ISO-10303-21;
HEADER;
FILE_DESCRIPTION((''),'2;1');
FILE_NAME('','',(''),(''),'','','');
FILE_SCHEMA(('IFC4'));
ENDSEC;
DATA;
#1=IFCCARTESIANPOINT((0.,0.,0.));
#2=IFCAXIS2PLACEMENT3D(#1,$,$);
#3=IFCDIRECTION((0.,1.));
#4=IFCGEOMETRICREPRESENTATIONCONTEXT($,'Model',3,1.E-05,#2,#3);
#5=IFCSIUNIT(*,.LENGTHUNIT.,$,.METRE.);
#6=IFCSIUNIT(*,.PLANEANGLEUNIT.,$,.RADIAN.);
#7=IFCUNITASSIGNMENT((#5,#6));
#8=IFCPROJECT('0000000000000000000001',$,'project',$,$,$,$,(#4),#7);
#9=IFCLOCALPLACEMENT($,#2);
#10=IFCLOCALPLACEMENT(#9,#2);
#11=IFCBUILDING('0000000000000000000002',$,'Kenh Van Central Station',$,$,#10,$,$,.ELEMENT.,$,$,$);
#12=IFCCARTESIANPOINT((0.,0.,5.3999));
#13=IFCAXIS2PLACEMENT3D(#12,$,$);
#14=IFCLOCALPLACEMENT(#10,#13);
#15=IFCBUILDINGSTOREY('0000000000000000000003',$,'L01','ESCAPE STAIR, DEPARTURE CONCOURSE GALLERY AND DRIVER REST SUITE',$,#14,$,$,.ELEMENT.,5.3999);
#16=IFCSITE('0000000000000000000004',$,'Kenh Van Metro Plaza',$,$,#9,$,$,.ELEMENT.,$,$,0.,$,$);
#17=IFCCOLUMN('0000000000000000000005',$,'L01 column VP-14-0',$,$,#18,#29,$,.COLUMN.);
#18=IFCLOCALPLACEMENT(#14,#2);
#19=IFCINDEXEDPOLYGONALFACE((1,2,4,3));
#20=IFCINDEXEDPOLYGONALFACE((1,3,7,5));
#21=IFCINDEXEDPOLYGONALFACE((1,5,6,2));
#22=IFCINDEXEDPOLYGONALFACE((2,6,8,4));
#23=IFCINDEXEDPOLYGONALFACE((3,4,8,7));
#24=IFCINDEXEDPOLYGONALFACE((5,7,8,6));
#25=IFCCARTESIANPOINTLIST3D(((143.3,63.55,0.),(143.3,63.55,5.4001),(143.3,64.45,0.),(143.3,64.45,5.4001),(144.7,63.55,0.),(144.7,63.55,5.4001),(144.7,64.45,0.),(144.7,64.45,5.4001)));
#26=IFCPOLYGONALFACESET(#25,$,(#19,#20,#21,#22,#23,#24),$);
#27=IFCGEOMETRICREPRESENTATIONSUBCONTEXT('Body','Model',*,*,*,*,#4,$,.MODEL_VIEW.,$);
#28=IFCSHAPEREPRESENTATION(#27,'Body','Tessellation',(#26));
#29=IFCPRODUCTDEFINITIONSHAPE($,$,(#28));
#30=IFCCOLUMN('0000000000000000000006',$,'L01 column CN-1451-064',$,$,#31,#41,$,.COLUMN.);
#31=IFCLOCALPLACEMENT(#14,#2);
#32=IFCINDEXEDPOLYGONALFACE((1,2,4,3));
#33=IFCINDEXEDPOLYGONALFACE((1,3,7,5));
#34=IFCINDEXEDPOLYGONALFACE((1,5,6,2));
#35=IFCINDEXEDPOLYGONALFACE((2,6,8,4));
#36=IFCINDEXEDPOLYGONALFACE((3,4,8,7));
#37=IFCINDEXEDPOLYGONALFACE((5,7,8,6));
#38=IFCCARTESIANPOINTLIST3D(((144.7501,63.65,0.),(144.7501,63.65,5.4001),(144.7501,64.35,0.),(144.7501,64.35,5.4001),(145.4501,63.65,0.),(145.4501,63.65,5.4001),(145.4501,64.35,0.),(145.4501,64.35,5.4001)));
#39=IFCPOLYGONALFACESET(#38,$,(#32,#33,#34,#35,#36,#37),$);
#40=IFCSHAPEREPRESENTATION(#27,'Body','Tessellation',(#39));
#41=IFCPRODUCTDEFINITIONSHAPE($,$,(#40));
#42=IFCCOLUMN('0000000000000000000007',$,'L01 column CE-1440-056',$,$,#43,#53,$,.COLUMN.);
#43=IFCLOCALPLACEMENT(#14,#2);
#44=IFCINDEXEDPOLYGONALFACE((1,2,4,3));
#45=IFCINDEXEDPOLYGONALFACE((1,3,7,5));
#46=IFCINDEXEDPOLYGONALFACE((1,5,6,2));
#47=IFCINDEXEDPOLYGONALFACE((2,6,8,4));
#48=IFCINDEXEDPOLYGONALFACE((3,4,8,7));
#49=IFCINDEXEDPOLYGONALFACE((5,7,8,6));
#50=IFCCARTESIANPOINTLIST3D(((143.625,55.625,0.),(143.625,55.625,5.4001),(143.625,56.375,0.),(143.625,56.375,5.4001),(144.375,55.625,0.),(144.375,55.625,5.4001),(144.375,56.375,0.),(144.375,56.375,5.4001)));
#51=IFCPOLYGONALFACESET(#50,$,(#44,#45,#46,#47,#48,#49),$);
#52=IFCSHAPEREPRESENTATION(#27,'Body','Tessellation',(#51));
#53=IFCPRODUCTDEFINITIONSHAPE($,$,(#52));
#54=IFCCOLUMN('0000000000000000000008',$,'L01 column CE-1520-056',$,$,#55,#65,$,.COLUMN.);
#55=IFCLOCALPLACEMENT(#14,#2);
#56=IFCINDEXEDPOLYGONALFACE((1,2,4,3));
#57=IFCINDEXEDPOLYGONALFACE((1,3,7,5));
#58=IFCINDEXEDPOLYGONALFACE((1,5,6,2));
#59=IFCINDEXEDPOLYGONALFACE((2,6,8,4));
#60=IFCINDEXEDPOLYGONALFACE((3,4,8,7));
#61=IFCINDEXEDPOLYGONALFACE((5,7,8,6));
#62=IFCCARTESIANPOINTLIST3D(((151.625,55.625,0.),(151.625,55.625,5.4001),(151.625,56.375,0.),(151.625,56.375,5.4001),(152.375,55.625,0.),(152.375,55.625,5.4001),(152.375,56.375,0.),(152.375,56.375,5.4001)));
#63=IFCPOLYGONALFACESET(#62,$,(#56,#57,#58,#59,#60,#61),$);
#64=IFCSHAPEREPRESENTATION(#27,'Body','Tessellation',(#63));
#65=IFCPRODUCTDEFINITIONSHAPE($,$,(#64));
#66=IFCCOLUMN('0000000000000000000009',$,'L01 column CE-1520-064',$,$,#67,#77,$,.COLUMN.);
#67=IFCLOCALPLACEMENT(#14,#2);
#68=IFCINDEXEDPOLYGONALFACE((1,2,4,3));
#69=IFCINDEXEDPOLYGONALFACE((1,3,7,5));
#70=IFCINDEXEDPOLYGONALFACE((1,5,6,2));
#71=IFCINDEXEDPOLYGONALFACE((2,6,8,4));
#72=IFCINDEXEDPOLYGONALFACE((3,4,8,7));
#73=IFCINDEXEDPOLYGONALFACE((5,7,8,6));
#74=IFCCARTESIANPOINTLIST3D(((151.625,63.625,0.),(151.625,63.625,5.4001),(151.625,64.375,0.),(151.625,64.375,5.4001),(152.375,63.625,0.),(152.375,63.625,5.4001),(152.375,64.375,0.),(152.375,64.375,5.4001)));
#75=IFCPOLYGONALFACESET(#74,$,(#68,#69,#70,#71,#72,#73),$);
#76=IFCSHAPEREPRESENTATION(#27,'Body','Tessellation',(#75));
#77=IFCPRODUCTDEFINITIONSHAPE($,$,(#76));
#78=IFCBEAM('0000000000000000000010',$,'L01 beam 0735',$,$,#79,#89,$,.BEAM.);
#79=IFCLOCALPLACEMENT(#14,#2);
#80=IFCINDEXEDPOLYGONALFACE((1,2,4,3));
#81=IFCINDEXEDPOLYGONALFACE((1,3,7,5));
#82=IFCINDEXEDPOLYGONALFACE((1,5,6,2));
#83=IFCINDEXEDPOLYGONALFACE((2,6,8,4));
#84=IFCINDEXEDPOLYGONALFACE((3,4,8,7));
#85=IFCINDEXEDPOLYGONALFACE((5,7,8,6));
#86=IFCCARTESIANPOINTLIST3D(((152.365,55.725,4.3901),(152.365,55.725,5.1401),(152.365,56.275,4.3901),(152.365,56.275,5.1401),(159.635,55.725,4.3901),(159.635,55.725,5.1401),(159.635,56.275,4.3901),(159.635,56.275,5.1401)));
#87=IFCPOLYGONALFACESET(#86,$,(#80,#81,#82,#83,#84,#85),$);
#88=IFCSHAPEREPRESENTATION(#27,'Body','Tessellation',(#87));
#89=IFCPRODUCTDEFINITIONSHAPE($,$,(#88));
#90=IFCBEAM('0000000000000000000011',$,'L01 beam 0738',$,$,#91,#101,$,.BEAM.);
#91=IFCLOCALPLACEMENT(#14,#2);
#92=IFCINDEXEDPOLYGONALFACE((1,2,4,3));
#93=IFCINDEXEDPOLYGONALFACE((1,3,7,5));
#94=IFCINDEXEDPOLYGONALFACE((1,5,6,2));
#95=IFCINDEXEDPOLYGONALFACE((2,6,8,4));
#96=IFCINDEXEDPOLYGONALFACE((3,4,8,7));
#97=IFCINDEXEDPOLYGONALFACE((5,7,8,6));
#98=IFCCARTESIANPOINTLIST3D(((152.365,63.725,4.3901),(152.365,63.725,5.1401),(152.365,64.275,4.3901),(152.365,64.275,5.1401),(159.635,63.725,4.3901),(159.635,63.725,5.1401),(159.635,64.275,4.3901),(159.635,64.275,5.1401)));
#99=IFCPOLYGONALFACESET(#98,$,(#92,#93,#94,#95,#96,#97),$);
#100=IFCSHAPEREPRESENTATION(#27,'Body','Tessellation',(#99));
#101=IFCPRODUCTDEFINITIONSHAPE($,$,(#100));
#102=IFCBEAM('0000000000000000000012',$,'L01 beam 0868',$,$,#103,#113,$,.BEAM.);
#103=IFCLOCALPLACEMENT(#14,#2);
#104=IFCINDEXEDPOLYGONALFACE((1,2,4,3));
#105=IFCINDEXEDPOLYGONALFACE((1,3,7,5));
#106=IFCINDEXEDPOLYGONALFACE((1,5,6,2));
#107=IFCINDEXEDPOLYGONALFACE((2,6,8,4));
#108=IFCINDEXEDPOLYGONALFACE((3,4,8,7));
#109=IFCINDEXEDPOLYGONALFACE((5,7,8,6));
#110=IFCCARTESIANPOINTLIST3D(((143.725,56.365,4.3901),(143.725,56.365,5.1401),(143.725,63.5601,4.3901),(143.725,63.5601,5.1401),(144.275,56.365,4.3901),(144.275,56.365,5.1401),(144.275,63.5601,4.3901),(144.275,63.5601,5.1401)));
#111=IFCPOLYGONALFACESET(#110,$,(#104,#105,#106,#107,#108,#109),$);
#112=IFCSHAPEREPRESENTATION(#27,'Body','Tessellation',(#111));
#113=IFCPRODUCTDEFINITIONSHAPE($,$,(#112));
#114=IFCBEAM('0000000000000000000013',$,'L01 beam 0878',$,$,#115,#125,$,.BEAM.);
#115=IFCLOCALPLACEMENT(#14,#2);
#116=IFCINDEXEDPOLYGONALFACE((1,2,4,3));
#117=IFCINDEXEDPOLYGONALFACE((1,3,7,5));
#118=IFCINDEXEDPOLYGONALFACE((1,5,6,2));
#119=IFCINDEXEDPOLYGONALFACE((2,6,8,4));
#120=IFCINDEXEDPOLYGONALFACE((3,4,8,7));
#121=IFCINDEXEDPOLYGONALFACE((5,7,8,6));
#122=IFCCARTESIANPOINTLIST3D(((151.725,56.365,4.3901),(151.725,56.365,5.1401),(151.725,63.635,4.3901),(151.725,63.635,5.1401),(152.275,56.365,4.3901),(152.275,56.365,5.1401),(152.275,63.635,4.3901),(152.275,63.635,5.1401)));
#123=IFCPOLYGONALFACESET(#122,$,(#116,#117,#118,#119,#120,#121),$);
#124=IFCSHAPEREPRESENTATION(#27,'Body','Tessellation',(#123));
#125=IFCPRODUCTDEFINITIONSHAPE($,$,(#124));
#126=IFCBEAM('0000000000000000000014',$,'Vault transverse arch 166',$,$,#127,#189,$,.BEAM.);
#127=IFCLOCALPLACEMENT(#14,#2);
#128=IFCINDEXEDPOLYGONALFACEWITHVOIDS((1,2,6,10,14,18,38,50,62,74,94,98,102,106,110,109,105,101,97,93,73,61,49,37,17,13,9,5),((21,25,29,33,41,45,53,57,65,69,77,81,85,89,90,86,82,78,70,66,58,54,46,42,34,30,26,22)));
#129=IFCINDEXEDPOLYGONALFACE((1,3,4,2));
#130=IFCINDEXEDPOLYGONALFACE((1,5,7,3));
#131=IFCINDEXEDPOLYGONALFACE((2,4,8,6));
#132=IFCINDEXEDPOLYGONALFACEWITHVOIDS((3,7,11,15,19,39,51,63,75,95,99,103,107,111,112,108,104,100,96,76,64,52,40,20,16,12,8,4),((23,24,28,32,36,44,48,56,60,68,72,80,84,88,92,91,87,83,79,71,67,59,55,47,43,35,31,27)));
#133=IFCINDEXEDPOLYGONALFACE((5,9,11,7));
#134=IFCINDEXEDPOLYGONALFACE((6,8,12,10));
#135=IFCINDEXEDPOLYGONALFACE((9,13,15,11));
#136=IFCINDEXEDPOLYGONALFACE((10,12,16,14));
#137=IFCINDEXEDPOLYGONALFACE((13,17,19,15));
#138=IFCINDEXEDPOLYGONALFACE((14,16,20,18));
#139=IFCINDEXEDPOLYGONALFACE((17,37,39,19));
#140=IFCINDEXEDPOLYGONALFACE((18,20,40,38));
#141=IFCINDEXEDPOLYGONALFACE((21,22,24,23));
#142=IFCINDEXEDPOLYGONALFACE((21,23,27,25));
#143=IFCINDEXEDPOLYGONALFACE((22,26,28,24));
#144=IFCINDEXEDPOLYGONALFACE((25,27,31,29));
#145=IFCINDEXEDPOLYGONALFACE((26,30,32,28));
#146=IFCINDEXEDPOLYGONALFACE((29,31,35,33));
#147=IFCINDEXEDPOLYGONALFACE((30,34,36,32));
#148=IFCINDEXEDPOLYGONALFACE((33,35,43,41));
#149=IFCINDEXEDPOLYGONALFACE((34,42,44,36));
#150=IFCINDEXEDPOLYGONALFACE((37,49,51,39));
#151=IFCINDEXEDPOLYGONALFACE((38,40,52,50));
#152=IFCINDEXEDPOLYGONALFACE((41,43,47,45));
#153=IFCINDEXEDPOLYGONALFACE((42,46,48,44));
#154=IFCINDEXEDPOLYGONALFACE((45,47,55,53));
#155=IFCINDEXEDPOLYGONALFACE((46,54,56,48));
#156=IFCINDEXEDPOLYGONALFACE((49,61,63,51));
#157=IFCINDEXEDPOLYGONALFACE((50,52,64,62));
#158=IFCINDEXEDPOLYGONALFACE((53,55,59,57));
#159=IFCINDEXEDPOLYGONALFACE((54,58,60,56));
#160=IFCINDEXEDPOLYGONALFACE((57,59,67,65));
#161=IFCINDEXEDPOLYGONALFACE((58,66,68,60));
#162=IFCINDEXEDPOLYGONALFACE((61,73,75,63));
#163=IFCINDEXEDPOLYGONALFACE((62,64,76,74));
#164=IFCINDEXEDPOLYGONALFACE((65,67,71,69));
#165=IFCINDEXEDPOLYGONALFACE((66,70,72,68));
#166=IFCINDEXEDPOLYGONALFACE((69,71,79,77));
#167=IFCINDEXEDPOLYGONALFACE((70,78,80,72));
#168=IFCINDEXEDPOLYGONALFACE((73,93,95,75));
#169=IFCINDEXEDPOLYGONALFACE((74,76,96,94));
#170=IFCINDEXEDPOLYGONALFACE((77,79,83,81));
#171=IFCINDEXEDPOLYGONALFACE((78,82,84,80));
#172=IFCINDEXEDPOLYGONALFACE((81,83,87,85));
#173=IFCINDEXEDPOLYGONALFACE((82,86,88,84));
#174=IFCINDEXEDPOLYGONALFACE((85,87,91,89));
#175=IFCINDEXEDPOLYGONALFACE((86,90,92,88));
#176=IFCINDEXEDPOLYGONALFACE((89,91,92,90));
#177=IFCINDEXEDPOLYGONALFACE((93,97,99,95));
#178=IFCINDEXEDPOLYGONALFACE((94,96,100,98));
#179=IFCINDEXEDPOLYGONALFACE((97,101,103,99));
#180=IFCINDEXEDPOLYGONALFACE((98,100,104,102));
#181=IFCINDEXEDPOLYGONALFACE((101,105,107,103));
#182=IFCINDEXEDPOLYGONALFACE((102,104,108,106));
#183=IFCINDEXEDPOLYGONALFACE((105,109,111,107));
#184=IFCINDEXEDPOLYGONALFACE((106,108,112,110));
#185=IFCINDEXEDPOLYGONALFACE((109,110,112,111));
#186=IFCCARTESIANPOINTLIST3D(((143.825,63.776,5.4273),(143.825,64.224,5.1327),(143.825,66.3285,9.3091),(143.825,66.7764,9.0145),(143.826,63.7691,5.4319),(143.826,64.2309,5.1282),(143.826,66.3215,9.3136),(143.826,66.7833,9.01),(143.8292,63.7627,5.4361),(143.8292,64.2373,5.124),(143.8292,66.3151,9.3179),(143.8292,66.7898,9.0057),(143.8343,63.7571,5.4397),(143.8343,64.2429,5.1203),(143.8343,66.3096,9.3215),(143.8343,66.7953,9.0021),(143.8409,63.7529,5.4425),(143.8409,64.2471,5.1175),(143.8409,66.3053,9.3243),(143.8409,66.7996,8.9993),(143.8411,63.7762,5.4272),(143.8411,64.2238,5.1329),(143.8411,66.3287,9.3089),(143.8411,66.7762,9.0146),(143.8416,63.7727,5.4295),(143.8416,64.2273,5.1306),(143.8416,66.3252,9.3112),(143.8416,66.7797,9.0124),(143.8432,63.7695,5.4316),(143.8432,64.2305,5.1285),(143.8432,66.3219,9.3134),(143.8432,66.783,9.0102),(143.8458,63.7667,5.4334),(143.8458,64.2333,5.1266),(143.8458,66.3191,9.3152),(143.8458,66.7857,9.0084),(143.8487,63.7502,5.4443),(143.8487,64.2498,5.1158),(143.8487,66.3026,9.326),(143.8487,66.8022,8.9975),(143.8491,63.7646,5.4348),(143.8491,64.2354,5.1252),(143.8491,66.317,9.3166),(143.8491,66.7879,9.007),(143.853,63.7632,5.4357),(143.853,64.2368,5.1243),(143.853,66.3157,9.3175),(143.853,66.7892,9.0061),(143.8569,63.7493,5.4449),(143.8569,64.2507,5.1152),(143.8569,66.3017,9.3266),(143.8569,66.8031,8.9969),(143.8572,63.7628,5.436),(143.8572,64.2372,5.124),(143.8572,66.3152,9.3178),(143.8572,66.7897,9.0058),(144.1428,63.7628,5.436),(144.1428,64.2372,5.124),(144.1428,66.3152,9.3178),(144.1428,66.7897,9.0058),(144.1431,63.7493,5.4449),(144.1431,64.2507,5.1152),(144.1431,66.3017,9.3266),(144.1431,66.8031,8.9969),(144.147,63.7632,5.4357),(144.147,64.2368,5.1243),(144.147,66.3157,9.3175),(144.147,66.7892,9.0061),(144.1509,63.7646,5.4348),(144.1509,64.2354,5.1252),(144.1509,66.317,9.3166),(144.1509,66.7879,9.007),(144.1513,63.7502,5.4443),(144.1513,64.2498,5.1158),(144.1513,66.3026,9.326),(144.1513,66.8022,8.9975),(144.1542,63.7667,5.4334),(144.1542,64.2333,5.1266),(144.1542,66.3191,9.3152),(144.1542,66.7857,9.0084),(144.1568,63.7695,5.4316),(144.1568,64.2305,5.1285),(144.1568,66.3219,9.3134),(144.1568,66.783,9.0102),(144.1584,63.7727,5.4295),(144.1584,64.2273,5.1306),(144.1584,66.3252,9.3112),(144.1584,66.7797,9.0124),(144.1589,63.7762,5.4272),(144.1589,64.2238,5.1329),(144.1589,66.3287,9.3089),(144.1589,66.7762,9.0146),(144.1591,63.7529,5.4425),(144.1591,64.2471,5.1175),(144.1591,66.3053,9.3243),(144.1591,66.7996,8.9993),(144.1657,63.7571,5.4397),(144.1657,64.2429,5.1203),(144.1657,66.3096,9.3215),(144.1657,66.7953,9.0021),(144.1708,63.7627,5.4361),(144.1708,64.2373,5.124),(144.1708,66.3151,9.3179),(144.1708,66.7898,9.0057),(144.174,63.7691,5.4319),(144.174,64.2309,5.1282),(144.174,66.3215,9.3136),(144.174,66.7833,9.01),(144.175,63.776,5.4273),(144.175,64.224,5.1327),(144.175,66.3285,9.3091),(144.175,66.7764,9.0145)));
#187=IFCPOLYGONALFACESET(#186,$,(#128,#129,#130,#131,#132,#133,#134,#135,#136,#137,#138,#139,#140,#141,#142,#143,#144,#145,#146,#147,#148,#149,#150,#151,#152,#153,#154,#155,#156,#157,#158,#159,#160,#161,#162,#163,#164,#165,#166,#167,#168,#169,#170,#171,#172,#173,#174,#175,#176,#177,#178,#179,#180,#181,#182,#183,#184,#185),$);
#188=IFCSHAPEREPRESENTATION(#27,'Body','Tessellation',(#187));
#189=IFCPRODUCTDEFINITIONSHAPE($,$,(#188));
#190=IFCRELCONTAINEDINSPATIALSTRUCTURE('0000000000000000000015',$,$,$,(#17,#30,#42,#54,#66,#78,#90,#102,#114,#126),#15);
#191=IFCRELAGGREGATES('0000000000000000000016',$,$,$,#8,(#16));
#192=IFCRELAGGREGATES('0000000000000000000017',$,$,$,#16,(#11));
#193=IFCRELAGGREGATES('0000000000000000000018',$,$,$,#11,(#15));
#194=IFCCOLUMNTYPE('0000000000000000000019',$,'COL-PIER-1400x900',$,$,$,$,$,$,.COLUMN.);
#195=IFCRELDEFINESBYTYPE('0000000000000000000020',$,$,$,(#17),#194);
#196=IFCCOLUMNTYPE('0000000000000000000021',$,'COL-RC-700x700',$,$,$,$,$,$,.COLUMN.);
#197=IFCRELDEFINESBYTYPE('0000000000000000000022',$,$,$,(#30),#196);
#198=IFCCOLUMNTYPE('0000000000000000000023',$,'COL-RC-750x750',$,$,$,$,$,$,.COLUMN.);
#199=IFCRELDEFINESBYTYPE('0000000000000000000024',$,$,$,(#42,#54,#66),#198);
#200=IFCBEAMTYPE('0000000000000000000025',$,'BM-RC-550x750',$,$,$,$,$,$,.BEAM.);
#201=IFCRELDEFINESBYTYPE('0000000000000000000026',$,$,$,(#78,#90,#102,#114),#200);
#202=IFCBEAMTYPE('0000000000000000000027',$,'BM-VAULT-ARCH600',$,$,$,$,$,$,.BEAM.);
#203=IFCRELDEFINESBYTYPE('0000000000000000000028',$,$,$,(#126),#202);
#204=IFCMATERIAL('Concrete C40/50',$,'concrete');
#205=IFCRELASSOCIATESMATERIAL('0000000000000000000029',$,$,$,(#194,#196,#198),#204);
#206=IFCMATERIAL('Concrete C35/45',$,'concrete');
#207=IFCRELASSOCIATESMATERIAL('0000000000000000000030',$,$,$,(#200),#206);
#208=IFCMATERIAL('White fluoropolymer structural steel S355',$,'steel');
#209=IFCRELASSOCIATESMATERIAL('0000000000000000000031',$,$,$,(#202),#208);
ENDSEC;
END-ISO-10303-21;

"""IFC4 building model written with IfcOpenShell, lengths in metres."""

from ifc_helpers import new_model, si_unit, direction, frame, origin, origin_2d, place, context, subcontext, project, spatial, rectangle, hollow_rectangle, extrude, material, material_profile, profile_set, type_object, element, save


model = new_model("IFC4")

# Units and contexts
model_context = context("Model", 3, precision=1e-05, world=origin(), true_north=direction((0.0, 1.0)))
body_context = subcontext(model_context, "Body", "Model", "MODEL_VIEW")
ifc_project = project(units=[si_unit("LENGTHUNIT", "METRE"), si_unit("PLANEANGLEUNIT", "RADIAN")], contexts=[model_context])

# Site, building, storey
site_placement = place(None, origin())
site = spatial("IfcSite", under=ifc_project, at=site_placement, Name="Kenh Van Metro Plaza", CompositionType="ELEMENT", RefElevation=0.0)
building_placement = place(site_placement, origin())
building = spatial("IfcBuilding", under=site, at=building_placement, Name="Kenh Van Central Station", CompositionType="ELEMENT")
storey_placement = place(building_placement, frame((0.0, 0.0, 5.3999)))
storey = spatial("IfcBuildingStorey", under=building, at=storey_placement, Name="L01", Description="ESCAPE STAIR, DEPARTURE CONCOURSE GALLERY AND DRIVER REST SUITE", CompositionType="ELEMENT", Elevation=5.3999)

# Columns
ifc_material_1 = material(Name="Concrete C40/50", Category="concrete")
ifc_material_profile_1 = material_profile(ifc_material_1, rectangle(XDim=1.3999, YDim=0.8999, at=origin_2d()), Name="RC 1400x900")
ifc_profile_set_1 = profile_set([ifc_material_profile_1], Name="Concrete C40/50")
column_type_1 = type_object("IfcColumnType", Name="COL-PIER-1400x900", PredefinedType="COLUMN", material=ifc_profile_set_1)
column_1_placement = place(storey_placement, frame((144.0, 64.0, 0.0), z_axis=(0.0, 0.0, 1.0), x_axis=(1.0, 0.0, 0.0)))
element("IfcColumn", 1, at=column_1_placement, inside=storey, type_object=column_type_1, Name="L01 column VP-14-0", PredefinedType="COLUMN", context=body_context, shape_type="SweptSolid", body=[
    extrude(rectangle(XDim=1.3999, YDim=0.8999, at=origin_2d()), origin(), (0.0, 0.0, 1.0), 5.4001),
])
ifc_material_profile_2 = material_profile(ifc_material_1, rectangle(XDim=0.7, YDim=0.7, at=origin_2d()), Name="RC 700x700")
ifc_profile_set_2 = profile_set([ifc_material_profile_2], Name="Concrete C40/50")
column_type_2 = type_object("IfcColumnType", Name="COL-RC-700x700", PredefinedType="COLUMN", material=ifc_profile_set_2)
column_2_placement = place(storey_placement, frame((145.1001, 64.0, 0.0), z_axis=(0.0, 0.0, 1.0), x_axis=(1.0, 0.0, 0.0)))
element("IfcColumn", 2, at=column_2_placement, inside=storey, type_object=column_type_2, Name="L01 column CN-1451-064", PredefinedType="COLUMN", context=body_context, shape_type="SweptSolid", body=[
    extrude(rectangle(XDim=0.7, YDim=0.7, at=origin_2d()), origin(), (0.0, 0.0, 1.0), 5.4001),
])
ifc_material_profile_3 = material_profile(ifc_material_1, rectangle(XDim=0.75, YDim=0.75, at=origin_2d()), Name="RC 750x750")
ifc_profile_set_3 = profile_set([ifc_material_profile_3], Name="Concrete C40/50")
column_type_3 = type_object("IfcColumnType", Name="COL-RC-750x750", PredefinedType="COLUMN", material=ifc_profile_set_3)
for number, where, z_axis, x_axis, name in (
    (3, (144.0, 56.0, 0.0), (0.0, 0.0, 1.0), (1.0, 0.0, 0.0), "L01 column CE-1440-056"),
    (4, (152.0, 56.0, 0.0), (0.0, 0.0, 1.0), (1.0, 0.0, 0.0), "L01 column CE-1520-056"),
    (5, (152.0, 64.0, 0.0), (0.0, 0.0, 1.0), (1.0, 0.0, 0.0), "L01 column CE-1520-064"),
):
    element("IfcColumn", number, at=place(storey_placement, frame(where, z_axis=z_axis, x_axis=x_axis)), inside=storey, type_object=column_type_3, Name=name, PredefinedType="COLUMN", context=body_context, shape_type="SweptSolid", body=[
        extrude(rectangle(XDim=0.75, YDim=0.75, at=origin_2d()), origin(), (0.0, 0.0, 1.0), 5.4001),
    ])

# Beams
ifc_material_2 = material(Name="Concrete C35/45", Category="concrete")
ifc_material_profile_4 = material_profile(ifc_material_2, rectangle(XDim=0.55, YDim=0.75, at=origin_2d()), Name="RC 550x750")
ifc_profile_set_4 = profile_set([ifc_material_profile_4], Name="Concrete C35/45")
beam_type_1 = type_object("IfcBeamType", Name="BM-RC-550x750", PredefinedType="BEAM", material=ifc_profile_set_4)
for number, where, z_axis, x_axis, name in (
    (6, (152.365, 56.0, 4.7651), (1.0, 0.0, 0.0), (0.0, 1.0, 0.0), "L01 beam 0735"),
    (7, (152.365, 64.0, 4.7651), (1.0, 0.0, 0.0), (0.0, 1.0, 0.0), "L01 beam 0738"),
):
    element("IfcBeam", number, at=place(storey_placement, frame(where, z_axis=z_axis, x_axis=x_axis)), inside=storey, type_object=beam_type_1, Name=name, PredefinedType="BEAM", context=body_context, shape_type="SweptSolid", body=[
        extrude(rectangle(XDim=0.55, YDim=0.75, at=origin_2d()), origin(), (0.0, 0.0, 1.0), 7.27),
    ])
beam_1_placement = place(storey_placement, frame((144.0, 56.365, 4.7651), z_axis=(0.0, 1.0, 0.0), x_axis=(-1.0, 0.0, 0.0)))
element("IfcBeam", 8, at=beam_1_placement, inside=storey, type_object=beam_type_1, Name="L01 beam 0868", PredefinedType="BEAM", context=body_context, shape_type="SweptSolid", body=[
    extrude(rectangle(XDim=0.55, YDim=0.75, at=origin_2d()), origin(), (0.0, 0.0, 1.0), 7.1951),
])
beam_2_placement = place(storey_placement, frame((152.0, 56.365, 4.7651), z_axis=(0.0, 1.0, 0.0), x_axis=(-1.0, 0.0, 0.0)))
element("IfcBeam", 9, at=beam_2_placement, inside=storey, type_object=beam_type_1, Name="L01 beam 0878", PredefinedType="BEAM", context=body_context, shape_type="SweptSolid", body=[
    extrude(rectangle(XDim=0.55, YDim=0.75, at=origin_2d()), origin(), (0.0, 0.0, 1.0), 7.27),
])
ifc_material_3 = material(Name="White fluoropolymer structural steel S355", Category="steel")
ifc_material_profile_5 = material_profile(ifc_material_3, hollow_rectangle(XDim=0.3501, YDim=0.6001, WallThickness=0.0161, InnerFilletRadius=0.0161, OuterFilletRadius=0.032, at=origin_2d()), Name="RHS 600x350x16")
ifc_profile_set_5 = profile_set([ifc_material_profile_5], Name="White fluoropolymer structural steel S355")
beam_type_2 = type_object("IfcBeamType", Name="BM-VAULT-ARCH600", PredefinedType="BEAM", material=ifc_profile_set_5)
beam_3_placement = place(storey_placement, frame((144.0, 64.0, 5.28), z_axis=(0.0, 0.549414, 0.83555), x_axis=(-1.0, 0.0, 0.0)))
element("IfcBeam", 10, at=beam_3_placement, inside=storey, type_object=beam_type_2, Name="Vault transverse arch 166", PredefinedType="BEAM", context=body_context, shape_type="SweptSolid", body=[
    extrude(hollow_rectangle(XDim=0.3501, YDim=0.6001, WallThickness=0.0161, InnerFilletRadius=0.0161, OuterFilletRadius=0.032, at=origin_2d()), origin(), (0.0, 0.0, 1.0), 4.6458),
])

save(model, "model.ifc")
